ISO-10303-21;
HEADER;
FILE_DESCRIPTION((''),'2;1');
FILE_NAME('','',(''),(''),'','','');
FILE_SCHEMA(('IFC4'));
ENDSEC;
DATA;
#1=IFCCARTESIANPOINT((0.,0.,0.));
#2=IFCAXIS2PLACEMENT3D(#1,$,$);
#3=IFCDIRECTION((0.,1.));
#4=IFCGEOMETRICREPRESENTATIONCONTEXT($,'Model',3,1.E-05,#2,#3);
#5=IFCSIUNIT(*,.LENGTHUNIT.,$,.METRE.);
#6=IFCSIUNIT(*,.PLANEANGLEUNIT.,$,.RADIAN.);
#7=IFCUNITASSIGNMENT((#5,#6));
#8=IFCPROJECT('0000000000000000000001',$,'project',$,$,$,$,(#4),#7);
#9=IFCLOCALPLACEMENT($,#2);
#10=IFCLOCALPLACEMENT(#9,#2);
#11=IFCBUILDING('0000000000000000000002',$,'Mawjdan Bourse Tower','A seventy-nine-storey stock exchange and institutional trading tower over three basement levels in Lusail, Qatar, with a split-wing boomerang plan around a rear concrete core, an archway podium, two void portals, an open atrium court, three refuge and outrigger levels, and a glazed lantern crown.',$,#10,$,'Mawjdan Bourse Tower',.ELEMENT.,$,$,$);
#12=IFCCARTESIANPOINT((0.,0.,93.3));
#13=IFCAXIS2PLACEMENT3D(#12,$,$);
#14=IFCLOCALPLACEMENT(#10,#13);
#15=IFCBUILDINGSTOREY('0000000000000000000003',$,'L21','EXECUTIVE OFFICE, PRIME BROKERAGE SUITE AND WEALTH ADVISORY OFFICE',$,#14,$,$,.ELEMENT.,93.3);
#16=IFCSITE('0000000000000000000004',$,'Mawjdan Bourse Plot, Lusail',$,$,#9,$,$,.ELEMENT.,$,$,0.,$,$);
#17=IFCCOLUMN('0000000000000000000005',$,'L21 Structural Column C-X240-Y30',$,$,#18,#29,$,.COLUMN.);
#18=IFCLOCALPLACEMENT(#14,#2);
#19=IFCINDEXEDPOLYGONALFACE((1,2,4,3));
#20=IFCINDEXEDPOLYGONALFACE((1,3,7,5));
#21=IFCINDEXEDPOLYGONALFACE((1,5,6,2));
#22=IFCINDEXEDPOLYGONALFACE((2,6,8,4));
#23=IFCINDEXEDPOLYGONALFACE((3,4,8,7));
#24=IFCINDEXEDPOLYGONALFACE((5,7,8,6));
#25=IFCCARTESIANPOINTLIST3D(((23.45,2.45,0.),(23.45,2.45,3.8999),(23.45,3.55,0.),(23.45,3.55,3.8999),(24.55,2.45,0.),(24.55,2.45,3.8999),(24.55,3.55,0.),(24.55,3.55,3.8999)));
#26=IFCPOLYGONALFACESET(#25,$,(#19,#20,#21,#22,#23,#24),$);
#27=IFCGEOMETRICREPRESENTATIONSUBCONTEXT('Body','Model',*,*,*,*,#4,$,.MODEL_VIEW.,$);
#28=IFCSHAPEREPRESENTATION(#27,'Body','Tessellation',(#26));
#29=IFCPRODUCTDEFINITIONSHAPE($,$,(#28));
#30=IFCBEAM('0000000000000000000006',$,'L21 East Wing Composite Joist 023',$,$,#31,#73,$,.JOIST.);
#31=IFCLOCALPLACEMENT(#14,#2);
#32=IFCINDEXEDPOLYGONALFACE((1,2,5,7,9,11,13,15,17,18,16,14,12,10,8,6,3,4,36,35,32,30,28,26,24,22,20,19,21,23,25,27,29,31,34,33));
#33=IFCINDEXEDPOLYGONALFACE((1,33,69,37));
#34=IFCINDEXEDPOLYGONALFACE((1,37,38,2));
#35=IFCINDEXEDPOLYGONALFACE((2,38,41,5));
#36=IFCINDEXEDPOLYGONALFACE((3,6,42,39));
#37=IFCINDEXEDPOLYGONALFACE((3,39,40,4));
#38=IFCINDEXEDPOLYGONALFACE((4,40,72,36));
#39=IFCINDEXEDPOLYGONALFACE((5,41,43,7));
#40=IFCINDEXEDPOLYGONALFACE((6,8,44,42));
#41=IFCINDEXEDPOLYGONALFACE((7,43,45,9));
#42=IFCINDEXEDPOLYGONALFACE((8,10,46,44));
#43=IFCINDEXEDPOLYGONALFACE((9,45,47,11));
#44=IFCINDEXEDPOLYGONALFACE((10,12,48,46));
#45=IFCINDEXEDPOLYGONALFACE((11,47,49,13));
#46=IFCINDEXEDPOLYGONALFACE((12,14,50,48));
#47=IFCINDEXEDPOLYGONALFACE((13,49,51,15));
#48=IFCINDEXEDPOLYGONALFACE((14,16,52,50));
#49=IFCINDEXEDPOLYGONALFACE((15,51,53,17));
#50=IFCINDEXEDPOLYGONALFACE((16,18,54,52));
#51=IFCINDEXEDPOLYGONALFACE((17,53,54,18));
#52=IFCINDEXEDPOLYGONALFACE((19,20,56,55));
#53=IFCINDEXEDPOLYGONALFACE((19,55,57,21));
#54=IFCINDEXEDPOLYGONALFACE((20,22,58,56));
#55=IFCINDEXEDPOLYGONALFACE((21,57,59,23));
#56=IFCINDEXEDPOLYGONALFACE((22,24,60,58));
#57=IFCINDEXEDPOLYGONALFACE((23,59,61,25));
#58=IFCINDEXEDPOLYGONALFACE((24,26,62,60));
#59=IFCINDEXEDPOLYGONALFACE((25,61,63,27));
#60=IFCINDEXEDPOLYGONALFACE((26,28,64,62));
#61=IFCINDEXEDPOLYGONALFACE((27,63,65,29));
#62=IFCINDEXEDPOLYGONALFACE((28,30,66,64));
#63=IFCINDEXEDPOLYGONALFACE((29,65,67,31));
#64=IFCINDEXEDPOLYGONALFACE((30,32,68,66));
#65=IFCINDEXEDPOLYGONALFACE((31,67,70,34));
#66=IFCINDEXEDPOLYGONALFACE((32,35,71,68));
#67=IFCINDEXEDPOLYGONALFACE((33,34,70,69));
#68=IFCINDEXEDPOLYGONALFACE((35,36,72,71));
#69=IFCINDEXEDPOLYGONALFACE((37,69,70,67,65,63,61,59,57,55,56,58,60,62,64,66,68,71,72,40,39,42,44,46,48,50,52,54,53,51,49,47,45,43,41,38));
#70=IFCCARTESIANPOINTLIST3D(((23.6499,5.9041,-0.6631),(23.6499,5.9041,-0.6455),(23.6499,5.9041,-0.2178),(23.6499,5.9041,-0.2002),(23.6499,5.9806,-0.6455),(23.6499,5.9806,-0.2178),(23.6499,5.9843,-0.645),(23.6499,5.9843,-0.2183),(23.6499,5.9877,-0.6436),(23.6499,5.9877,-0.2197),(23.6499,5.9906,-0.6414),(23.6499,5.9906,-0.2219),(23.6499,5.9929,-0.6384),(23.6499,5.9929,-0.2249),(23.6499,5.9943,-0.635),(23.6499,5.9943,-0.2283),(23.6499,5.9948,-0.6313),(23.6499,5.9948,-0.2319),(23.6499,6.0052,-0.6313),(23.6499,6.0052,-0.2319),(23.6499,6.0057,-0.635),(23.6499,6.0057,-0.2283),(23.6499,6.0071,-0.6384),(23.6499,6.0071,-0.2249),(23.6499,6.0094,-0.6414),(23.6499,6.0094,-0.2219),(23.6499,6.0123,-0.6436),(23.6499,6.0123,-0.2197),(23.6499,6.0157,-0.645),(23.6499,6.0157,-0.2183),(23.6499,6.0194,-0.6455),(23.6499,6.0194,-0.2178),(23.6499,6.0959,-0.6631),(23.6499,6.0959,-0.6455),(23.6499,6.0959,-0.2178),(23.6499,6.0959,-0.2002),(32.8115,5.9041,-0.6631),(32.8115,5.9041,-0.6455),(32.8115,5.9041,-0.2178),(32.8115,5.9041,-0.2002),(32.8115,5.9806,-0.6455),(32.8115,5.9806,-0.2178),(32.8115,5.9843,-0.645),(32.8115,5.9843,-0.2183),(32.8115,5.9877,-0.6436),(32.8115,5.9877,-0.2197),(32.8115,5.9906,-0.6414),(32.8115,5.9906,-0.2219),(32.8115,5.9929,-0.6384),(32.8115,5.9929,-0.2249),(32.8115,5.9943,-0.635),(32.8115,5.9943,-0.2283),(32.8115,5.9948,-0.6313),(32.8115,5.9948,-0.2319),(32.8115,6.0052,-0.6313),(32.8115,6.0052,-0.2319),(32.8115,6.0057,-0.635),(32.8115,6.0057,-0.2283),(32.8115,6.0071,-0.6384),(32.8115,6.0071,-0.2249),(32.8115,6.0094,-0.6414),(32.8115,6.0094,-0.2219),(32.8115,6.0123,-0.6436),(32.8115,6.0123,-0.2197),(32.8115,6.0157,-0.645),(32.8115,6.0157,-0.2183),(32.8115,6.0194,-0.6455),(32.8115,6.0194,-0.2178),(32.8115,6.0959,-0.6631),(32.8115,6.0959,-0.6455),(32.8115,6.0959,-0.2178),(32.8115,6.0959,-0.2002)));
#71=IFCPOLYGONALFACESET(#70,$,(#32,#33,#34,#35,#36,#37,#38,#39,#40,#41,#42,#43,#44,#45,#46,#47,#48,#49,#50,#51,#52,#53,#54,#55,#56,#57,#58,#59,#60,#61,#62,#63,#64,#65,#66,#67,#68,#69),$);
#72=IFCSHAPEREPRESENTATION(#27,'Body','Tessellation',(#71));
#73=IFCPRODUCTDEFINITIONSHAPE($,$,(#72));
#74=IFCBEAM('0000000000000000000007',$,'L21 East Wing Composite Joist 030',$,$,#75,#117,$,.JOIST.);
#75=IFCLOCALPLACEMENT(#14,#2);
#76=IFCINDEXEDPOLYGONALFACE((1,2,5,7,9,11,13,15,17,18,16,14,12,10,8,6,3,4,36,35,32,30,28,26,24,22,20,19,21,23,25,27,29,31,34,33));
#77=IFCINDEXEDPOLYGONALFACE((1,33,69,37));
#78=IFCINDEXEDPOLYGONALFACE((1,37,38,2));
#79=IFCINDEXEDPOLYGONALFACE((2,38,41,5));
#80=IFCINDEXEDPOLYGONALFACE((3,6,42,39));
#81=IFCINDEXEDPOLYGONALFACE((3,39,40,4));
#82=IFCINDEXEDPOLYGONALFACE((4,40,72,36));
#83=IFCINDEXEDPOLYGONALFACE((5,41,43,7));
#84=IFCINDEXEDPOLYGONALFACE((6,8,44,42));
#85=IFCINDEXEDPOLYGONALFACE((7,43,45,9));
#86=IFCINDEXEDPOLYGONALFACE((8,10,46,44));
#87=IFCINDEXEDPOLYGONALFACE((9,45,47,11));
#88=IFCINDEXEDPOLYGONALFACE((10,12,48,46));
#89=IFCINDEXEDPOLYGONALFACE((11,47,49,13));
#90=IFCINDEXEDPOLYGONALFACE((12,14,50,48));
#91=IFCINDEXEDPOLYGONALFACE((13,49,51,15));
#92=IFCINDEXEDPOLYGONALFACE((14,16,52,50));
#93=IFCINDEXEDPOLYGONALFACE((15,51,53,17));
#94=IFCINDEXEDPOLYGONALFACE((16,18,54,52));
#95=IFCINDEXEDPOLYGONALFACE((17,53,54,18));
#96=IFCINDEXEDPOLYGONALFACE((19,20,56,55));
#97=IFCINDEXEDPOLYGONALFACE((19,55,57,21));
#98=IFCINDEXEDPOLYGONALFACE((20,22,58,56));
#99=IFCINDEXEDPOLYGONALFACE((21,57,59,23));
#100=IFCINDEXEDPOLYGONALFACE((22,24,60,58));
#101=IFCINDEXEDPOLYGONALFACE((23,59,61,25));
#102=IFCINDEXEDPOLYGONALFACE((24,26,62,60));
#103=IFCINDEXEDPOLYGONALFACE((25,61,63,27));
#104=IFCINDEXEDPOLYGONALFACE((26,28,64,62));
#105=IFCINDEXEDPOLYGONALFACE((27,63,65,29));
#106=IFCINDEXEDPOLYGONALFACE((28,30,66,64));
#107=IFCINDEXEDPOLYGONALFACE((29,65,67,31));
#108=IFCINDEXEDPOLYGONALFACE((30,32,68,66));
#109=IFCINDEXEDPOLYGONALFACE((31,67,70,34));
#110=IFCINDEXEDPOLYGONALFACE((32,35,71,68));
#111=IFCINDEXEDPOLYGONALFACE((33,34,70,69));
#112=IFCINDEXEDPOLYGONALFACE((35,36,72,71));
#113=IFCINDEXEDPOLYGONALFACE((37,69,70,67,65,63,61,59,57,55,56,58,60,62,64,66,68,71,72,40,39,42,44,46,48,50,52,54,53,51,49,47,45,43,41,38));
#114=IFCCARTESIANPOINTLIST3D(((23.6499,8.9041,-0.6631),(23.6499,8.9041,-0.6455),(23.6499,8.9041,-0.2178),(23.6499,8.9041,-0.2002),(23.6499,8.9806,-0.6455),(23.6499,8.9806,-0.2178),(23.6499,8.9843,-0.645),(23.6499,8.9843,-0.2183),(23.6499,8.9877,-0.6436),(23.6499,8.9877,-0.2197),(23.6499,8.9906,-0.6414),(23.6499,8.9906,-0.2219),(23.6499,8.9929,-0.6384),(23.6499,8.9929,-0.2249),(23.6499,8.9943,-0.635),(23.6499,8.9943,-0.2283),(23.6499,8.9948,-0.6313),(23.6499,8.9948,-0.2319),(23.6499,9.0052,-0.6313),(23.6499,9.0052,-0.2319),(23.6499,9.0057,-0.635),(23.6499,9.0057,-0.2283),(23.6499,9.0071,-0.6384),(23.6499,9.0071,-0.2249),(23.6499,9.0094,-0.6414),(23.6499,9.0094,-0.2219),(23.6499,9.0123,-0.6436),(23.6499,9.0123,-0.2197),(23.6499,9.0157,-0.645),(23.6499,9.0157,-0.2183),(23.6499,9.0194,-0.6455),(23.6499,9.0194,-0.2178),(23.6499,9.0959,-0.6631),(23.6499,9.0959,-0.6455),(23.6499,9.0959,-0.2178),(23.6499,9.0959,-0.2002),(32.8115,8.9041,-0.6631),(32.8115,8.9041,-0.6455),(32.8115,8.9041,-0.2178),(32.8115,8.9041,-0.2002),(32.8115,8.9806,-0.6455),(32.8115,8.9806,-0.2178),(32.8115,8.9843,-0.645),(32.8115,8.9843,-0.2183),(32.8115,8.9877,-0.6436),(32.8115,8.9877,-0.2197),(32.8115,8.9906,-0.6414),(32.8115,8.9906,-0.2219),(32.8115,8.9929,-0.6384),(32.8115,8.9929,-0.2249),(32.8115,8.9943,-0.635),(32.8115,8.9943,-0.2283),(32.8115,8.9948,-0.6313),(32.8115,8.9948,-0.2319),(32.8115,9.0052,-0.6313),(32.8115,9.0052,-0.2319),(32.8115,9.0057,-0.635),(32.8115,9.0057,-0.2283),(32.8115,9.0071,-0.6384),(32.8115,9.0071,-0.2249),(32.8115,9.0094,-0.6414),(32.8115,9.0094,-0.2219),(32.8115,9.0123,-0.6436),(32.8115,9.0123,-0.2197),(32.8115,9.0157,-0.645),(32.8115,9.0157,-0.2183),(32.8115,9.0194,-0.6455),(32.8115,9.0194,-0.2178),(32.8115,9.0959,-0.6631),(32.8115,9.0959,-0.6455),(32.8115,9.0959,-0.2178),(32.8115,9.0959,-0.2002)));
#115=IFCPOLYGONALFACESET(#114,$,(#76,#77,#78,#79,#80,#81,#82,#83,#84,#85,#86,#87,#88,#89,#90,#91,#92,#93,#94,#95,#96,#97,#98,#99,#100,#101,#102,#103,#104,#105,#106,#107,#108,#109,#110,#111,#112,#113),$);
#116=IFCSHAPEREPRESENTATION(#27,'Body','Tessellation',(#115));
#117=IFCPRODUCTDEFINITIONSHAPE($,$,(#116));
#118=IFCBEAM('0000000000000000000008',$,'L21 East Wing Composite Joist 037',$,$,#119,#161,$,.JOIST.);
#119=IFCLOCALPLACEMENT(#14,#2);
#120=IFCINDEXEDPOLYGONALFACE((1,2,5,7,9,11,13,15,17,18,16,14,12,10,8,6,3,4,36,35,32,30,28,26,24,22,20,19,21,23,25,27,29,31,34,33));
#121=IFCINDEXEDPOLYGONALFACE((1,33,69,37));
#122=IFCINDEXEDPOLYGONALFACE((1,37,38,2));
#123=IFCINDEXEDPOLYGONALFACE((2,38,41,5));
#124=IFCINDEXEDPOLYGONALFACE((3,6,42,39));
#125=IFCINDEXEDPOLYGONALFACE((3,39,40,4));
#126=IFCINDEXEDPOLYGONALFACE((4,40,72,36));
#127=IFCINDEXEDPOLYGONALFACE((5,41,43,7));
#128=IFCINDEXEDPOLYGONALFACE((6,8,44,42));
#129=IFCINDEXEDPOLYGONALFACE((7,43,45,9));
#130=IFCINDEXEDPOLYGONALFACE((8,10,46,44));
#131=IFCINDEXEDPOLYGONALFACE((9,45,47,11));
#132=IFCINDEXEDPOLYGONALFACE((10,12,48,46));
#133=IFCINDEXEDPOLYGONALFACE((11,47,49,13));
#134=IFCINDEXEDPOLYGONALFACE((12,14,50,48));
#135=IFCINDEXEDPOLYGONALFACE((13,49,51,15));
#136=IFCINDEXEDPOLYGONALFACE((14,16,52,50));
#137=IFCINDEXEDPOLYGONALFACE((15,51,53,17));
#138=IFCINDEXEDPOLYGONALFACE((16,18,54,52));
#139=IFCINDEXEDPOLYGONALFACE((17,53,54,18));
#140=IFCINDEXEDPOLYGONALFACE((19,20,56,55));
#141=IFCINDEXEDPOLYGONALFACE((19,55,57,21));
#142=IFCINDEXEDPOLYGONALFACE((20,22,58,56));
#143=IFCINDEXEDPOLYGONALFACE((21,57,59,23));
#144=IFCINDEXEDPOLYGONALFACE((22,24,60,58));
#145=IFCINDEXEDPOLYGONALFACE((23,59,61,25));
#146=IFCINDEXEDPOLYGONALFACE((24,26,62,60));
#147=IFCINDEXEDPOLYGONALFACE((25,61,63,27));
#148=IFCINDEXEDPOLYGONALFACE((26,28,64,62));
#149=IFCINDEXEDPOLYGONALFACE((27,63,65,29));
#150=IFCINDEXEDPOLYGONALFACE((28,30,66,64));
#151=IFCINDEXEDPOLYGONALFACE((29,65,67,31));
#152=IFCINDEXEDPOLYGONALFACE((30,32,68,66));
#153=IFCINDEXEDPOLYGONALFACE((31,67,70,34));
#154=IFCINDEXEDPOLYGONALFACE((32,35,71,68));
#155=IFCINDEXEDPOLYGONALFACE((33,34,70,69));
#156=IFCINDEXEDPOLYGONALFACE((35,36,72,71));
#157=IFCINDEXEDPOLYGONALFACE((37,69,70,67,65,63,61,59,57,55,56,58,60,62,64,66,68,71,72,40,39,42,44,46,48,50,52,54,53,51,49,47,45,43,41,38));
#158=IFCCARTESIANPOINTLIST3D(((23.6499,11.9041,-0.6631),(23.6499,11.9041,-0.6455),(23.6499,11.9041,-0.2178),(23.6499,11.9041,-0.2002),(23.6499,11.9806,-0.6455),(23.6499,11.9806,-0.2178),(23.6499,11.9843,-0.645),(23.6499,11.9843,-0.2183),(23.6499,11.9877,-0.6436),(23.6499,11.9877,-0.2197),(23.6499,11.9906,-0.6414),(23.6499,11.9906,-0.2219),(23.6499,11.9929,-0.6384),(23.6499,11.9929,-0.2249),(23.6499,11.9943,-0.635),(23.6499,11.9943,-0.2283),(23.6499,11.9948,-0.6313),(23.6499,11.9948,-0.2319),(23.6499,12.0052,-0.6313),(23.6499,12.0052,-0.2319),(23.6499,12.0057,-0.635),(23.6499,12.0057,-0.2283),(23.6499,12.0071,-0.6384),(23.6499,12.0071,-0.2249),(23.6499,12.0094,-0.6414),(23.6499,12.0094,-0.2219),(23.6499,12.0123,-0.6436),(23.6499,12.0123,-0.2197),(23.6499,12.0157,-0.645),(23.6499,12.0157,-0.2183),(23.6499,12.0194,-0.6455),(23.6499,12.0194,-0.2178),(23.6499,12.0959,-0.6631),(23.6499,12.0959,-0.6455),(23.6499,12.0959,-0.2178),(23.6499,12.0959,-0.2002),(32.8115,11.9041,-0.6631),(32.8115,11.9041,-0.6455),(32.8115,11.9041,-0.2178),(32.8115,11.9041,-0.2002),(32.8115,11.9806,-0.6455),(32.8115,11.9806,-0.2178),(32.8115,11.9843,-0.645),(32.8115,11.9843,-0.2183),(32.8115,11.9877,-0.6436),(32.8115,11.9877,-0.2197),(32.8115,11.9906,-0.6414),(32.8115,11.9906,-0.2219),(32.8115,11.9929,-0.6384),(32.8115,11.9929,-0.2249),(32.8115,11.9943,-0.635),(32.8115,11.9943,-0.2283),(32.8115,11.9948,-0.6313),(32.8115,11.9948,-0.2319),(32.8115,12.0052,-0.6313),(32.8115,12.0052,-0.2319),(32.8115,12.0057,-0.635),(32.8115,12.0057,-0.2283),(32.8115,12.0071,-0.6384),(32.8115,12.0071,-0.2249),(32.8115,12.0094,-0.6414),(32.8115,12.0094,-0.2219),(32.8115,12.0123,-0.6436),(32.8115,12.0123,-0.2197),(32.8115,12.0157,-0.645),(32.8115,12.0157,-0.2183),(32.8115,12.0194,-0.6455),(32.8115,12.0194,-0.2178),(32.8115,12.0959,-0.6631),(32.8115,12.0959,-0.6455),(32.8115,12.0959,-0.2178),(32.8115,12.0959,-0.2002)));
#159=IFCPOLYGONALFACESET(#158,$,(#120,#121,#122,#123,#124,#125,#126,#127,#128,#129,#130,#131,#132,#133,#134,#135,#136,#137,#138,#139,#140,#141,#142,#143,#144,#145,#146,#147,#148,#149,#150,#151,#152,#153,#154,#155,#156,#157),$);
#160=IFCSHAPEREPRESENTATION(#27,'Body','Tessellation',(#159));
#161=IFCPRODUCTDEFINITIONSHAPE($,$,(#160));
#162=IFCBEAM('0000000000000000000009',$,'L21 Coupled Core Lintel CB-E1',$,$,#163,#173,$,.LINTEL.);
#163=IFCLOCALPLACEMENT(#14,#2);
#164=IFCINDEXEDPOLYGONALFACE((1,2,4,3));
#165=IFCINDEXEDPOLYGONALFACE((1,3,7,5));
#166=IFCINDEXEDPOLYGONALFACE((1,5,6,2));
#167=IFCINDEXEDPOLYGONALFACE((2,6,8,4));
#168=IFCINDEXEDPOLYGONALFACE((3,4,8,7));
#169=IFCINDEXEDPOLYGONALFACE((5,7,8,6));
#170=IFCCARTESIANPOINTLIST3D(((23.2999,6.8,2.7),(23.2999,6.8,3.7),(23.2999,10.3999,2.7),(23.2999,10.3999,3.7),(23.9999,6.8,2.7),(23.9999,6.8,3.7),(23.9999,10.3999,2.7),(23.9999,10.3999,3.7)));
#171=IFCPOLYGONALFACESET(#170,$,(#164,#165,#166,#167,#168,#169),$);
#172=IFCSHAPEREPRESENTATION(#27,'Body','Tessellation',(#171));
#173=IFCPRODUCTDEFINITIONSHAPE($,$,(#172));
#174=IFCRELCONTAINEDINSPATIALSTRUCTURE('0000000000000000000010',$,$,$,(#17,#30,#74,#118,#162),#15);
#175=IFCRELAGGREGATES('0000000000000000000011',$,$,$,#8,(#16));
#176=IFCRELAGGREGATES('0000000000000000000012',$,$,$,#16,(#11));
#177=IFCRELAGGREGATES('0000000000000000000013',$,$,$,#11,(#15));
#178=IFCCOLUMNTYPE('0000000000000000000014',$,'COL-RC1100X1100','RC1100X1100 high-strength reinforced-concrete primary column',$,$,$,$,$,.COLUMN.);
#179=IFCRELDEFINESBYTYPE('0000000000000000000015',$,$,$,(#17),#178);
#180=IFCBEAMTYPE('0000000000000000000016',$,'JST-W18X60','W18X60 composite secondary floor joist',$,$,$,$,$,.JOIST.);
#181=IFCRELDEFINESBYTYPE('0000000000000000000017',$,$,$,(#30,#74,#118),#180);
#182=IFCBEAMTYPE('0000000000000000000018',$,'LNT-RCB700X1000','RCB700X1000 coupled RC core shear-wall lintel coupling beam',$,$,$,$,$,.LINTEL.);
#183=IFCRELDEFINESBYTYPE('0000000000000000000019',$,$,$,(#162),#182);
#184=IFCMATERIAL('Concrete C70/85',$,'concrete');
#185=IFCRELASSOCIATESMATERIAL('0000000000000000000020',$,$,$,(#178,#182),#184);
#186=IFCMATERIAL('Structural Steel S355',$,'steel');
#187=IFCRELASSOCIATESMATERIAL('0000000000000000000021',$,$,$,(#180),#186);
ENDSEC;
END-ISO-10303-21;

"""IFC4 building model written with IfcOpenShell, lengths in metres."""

from ifc_helpers import new_model, si_unit, direction, frame, origin, origin_2d, place, context, subcontext, project, spatial, rectangle, i_section, extrude, material, material_profile, profile_set, type_object, element, save


model = new_model("IFC4")

# Units and contexts
model_context = context("Model", 3, precision=1e-05, world=origin(), true_north=direction((0.0, 1.0)))
body_context = subcontext(model_context, "Body", "Model", "MODEL_VIEW")
ifc_project = project(units=[si_unit("LENGTHUNIT", "METRE"), si_unit("PLANEANGLEUNIT", "RADIAN")], contexts=[model_context])

# Site, building, storey
site_placement = place(None, origin())
site = spatial("IfcSite", under=ifc_project, at=site_placement, Name="Mawjdan Bourse Plot, Lusail", CompositionType="ELEMENT", RefElevation=0.0)
building_placement = place(site_placement, origin())
building = spatial("IfcBuilding", under=site, at=building_placement, Name="Mawjdan Bourse Tower", Description="A seventy-nine-storey stock exchange and institutional trading tower over three basement levels in Lusail, Qatar, with a split-wing boomerang plan around a rear concrete core, an archway podium, two void portals, an open atrium court, three refuge and outrigger levels, and a glazed lantern crown.", LongName="Mawjdan Bourse Tower", CompositionType="ELEMENT")
storey_placement = place(building_placement, frame((0.0, 0.0, 93.3)))
storey = spatial("IfcBuildingStorey", under=building, at=storey_placement, Name="L21", Description="EXECUTIVE OFFICE, PRIME BROKERAGE SUITE AND WEALTH ADVISORY OFFICE", CompositionType="ELEMENT", Elevation=93.3)

# Column
ifc_material_1 = material(Name="Concrete C70/85", Category="concrete")
ifc_material_profile_1 = material_profile(ifc_material_1, rectangle(XDim=1.1001, YDim=1.1001, at=origin_2d()), Name="RC1100X1100")
ifc_profile_set_1 = profile_set([ifc_material_profile_1], Name="Concrete C70/85")
column_type = type_object("IfcColumnType", Name="COL-RC1100X1100", Description="RC1100X1100 high-strength reinforced-concrete primary column", PredefinedType="COLUMN", material=ifc_profile_set_1)
column_placement = place(storey_placement, frame((24.0, 3.0, 0.0), z_axis=(0.0, 0.0, 1.0), x_axis=(1.0, 0.0, 0.0)))
element("IfcColumn", 1, at=column_placement, inside=storey, type_object=column_type, Name="L21 Structural Column C-X240-Y30", PredefinedType="COLUMN", context=body_context, shape_type="SweptSolid", body=[
    extrude(rectangle(XDim=1.1001, YDim=1.1001, at=origin_2d()), origin(), (0.0, 0.0, 1.0), 3.8999),
])

# Beams
ifc_material_2 = material(Name="Structural Steel S355", Category="steel")
ifc_material_profile_2 = material_profile(ifc_material_2, i_section(OverallWidth=0.1919, OverallDepth=0.4629, WebThickness=0.0105, FlangeThickness=0.0176, FilletRadius=0.0142, at=origin_2d()), Name="W18X60")
ifc_profile_set_2 = profile_set([ifc_material_profile_2], Name="Structural Steel S355")
beam_type_1 = type_object("IfcBeamType", Name="JST-W18X60", Description="W18X60 composite secondary floor joist", PredefinedType="JOIST", material=ifc_profile_set_2)
for number, where, z_axis, x_axis, name in (
    (2, (23.6499, 6.0, -0.4316), (1.0, 0.0, 0.0), (0.0, 1.0, 0.0), "L21 East Wing Composite Joist 023"),
    (3, (23.6499, 9.0, -0.4316), (1.0, 0.0, 0.0), (0.0, 1.0, 0.0), "L21 East Wing Composite Joist 030"),
    (4, (23.6499, 12.0, -0.4316), (1.0, 0.0, 0.0), (0.0, 1.0, 0.0), "L21 East Wing Composite Joist 037"),
):
    element("IfcBeam", number, at=place(storey_placement, frame(where, z_axis=z_axis, x_axis=x_axis)), inside=storey, type_object=beam_type_1, Name=name, PredefinedType="JOIST", context=body_context, shape_type="SweptSolid", body=[
        extrude(i_section(OverallWidth=0.1919, OverallDepth=0.4629, WebThickness=0.0105, FlangeThickness=0.0176, FilletRadius=0.0142, at=origin_2d()), origin(), (0.0, 0.0, 1.0), 9.1616),
    ])
ifc_material_profile_3 = material_profile(ifc_material_1, rectangle(XDim=0.7, YDim=1.0, at=origin_2d()), Name="RCB700X1000")
ifc_profile_set_3 = profile_set([ifc_material_profile_3], Name="Concrete C70/85")
beam_type_2 = type_object("IfcBeamType", Name="LNT-RCB700X1000", Description="RCB700X1000 coupled RC core shear-wall lintel coupling beam", PredefinedType="LINTEL", material=ifc_profile_set_3)
beam_1_placement = place(storey_placement, frame((23.6499, 6.8, 3.2), z_axis=(0.0, 1.0, 0.0), x_axis=(-1.0, 0.0, 0.0)))
element("IfcBeam", 5, at=beam_1_placement, inside=storey, type_object=beam_type_2, Name="L21 Coupled Core Lintel CB-E1", PredefinedType="LINTEL", context=body_context, shape_type="SweptSolid", body=[
    extrude(rectangle(XDim=0.7, YDim=1.0, at=origin_2d()), origin(), (0.0, 0.0, 1.0), 3.5999),
])

save(model, "model.ifc")
